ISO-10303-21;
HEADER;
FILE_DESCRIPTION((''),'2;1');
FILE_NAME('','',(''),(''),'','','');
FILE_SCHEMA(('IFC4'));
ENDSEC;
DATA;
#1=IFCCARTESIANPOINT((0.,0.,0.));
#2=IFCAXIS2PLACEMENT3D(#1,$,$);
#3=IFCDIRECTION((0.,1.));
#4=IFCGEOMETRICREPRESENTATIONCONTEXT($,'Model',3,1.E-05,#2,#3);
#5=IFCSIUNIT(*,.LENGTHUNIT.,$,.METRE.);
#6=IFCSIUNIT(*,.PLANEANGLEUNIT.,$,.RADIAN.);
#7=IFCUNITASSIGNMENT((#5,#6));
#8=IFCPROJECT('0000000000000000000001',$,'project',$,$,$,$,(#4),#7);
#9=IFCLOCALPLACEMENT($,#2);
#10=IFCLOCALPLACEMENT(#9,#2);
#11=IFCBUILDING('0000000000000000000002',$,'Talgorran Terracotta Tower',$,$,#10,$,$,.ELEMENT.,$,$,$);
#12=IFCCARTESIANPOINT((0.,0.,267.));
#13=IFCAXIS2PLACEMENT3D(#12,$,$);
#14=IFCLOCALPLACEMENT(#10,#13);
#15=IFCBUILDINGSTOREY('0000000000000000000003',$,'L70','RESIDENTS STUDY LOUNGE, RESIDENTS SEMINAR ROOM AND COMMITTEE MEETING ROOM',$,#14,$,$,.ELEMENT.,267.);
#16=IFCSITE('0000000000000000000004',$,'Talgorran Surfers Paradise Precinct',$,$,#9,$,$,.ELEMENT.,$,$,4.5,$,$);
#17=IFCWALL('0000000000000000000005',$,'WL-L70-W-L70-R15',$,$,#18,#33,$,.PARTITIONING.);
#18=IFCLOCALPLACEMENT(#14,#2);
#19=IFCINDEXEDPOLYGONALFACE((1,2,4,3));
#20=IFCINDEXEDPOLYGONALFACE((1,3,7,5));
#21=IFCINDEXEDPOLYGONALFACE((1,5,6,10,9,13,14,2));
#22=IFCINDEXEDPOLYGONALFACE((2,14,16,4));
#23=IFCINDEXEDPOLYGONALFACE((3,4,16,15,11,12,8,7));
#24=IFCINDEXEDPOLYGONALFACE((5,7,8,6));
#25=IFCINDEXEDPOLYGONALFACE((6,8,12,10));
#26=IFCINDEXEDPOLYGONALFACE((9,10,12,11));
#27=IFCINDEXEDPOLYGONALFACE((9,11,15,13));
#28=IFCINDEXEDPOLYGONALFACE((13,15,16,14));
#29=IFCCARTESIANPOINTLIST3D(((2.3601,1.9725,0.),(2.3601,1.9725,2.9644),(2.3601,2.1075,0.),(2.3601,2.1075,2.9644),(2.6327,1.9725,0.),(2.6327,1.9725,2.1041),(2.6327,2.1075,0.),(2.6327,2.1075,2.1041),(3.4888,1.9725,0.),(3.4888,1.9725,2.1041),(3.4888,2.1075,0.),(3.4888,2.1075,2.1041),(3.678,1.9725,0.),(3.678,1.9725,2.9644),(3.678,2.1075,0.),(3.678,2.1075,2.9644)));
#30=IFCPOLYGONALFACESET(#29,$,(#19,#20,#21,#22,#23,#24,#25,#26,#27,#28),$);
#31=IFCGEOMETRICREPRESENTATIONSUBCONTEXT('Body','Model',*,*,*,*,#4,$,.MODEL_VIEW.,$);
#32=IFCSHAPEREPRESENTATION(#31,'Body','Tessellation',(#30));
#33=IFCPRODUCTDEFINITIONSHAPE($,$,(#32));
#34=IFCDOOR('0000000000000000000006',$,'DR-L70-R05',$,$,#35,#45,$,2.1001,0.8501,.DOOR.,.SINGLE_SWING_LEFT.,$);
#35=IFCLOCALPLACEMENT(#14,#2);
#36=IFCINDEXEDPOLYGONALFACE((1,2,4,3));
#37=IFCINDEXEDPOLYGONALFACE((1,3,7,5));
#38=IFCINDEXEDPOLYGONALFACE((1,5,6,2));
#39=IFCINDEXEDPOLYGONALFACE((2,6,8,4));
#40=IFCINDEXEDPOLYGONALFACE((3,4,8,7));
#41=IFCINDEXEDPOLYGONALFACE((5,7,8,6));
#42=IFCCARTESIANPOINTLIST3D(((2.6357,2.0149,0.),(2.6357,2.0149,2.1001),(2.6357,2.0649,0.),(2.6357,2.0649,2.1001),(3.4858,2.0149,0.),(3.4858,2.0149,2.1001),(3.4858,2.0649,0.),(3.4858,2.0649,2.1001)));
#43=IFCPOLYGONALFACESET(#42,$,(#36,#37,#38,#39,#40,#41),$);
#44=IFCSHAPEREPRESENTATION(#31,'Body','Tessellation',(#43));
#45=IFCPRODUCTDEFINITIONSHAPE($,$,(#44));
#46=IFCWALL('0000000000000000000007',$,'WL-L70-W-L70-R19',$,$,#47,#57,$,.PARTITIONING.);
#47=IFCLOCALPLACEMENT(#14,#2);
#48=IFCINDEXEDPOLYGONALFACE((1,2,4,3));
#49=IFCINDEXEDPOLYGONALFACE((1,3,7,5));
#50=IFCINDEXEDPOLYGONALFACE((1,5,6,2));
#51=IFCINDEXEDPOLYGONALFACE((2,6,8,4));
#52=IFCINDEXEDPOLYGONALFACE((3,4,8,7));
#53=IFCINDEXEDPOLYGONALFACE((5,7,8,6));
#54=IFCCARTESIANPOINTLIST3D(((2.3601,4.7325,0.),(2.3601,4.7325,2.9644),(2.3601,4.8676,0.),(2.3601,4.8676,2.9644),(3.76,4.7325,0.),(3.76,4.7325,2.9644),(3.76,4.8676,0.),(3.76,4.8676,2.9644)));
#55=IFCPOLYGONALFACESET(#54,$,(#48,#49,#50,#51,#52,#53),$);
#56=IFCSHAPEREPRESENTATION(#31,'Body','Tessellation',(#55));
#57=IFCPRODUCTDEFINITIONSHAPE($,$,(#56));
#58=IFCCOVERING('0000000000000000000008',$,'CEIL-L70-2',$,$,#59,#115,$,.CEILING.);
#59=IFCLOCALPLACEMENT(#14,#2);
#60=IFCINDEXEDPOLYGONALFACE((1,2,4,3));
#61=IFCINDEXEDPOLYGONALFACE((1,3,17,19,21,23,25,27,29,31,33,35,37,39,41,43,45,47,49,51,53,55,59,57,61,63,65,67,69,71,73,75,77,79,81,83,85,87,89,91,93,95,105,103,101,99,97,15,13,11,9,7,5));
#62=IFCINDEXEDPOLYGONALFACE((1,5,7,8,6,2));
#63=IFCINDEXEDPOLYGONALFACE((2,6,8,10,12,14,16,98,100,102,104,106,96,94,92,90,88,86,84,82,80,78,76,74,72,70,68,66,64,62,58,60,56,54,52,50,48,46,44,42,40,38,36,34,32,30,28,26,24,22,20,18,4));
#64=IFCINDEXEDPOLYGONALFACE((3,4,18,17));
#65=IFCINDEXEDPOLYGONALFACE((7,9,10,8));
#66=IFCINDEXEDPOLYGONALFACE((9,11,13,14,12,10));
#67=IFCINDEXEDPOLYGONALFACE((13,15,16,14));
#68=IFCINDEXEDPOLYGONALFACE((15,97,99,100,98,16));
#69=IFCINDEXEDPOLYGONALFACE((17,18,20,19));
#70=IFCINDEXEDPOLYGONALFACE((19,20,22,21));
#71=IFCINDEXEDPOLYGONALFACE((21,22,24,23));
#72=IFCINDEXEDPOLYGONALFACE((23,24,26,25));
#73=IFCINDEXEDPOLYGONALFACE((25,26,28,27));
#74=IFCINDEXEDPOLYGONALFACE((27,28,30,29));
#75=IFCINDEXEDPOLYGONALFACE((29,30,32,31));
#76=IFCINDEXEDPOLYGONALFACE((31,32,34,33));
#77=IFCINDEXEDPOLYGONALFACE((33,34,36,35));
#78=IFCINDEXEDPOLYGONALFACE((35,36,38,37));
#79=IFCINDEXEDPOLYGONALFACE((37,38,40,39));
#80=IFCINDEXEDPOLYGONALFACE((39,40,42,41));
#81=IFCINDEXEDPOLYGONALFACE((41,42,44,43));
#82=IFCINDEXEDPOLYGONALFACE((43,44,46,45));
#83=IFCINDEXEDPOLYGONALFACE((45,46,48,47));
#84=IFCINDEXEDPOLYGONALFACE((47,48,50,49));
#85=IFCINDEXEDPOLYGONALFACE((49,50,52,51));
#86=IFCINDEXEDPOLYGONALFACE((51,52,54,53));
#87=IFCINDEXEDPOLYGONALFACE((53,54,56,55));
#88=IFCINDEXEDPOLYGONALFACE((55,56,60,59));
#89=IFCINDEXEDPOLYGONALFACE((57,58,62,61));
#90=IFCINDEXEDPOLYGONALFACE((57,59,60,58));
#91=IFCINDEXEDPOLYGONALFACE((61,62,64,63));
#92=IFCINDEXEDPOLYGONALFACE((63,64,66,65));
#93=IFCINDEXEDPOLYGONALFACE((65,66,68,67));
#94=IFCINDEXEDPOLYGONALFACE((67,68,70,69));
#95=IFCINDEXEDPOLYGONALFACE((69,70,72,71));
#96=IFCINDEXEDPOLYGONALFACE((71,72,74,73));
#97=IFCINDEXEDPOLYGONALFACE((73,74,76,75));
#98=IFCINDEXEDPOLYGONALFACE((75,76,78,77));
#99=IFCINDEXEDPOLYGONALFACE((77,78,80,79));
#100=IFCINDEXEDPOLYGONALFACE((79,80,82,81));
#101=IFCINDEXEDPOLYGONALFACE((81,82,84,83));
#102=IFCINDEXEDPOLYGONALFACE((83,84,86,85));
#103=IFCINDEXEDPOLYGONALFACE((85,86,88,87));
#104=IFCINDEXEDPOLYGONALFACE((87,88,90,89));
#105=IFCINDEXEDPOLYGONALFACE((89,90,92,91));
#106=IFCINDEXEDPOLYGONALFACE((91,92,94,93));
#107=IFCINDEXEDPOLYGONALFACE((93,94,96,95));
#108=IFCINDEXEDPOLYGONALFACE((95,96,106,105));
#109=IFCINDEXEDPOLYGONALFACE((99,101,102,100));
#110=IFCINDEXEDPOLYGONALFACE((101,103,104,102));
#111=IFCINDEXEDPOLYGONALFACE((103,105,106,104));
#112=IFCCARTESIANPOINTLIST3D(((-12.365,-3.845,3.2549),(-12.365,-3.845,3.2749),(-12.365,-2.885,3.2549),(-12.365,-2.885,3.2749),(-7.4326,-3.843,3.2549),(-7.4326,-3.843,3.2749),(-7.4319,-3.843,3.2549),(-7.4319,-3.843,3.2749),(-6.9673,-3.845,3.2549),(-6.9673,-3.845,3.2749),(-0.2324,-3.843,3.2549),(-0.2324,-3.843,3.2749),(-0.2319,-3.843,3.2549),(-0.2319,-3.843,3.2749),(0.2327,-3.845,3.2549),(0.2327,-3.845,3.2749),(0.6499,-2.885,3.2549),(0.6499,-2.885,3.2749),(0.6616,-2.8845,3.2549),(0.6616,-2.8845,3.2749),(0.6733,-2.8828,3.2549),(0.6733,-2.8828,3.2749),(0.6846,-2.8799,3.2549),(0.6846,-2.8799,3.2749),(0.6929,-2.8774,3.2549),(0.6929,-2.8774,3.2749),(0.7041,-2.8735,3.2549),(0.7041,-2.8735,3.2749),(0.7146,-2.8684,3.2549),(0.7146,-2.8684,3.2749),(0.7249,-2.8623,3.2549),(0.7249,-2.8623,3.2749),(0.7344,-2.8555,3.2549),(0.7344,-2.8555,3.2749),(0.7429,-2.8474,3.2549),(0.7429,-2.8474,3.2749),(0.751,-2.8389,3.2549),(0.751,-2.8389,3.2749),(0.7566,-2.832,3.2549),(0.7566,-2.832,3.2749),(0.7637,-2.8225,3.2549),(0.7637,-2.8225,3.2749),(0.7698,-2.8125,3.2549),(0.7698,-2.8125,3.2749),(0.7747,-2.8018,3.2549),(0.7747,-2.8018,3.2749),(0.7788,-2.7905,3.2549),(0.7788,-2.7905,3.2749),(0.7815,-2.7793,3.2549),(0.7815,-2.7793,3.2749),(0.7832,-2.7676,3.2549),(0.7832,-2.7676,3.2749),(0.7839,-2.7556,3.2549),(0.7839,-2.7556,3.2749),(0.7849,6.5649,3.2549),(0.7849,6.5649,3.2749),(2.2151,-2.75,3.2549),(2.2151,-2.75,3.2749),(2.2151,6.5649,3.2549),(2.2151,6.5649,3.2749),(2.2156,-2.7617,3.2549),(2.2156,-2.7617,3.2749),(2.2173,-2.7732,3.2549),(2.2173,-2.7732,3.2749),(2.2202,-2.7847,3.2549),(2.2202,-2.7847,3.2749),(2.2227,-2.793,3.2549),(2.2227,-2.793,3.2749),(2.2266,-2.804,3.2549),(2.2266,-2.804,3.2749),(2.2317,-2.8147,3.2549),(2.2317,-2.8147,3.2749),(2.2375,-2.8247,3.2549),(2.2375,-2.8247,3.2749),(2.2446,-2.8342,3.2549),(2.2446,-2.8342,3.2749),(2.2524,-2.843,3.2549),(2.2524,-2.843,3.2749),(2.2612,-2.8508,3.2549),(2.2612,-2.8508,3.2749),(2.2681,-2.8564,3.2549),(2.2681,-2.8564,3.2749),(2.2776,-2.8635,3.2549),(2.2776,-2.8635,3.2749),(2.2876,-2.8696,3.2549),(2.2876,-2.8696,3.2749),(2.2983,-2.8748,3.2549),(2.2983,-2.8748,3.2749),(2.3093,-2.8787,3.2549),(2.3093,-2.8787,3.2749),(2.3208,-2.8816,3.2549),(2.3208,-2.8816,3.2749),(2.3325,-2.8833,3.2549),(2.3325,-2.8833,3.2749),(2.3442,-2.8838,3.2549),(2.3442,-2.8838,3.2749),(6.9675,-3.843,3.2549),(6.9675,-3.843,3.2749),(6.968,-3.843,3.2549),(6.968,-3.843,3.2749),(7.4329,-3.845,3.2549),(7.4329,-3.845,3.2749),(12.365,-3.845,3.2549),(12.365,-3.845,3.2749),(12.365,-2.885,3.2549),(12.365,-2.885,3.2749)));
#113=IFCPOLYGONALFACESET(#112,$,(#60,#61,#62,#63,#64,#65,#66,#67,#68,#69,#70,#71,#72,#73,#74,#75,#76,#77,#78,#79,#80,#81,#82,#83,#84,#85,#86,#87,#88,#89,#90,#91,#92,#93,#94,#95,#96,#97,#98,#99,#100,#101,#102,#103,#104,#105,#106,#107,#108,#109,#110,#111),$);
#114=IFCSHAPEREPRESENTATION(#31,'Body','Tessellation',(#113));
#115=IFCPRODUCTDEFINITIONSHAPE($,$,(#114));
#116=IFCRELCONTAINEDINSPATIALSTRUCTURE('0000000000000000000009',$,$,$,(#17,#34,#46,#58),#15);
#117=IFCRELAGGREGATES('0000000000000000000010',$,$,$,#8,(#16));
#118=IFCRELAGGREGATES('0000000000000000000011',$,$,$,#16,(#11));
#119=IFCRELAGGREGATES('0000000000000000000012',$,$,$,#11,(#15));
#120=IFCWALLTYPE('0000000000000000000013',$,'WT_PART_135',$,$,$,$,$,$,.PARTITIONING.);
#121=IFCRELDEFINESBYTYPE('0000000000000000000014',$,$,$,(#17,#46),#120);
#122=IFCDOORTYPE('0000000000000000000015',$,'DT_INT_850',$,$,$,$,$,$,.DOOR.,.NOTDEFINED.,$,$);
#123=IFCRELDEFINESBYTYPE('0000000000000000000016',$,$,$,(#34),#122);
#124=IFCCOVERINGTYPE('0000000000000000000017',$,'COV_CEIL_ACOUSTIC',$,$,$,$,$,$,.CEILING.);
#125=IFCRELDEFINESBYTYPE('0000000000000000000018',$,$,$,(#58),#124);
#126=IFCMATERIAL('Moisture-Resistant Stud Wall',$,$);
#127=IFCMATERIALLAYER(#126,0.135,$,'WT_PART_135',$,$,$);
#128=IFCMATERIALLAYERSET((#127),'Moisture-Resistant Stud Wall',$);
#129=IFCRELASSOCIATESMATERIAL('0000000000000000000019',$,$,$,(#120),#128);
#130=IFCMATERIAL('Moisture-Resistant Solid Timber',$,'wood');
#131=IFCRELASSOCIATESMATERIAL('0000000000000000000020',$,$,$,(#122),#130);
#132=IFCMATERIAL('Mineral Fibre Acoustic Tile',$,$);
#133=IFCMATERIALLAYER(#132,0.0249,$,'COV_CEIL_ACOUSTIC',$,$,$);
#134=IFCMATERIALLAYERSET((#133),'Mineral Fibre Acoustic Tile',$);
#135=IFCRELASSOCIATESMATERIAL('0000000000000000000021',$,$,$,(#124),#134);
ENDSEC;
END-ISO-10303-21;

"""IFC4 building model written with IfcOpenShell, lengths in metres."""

from ifc_helpers import new_model, si_unit, direction, frame, frame_2d, origin, place, context, subcontext, project, spatial, polyline, rectangle, outline, extrude, material, layer, layer_set, type_object, element, fill, save


model = new_model("IFC4")

# Units and contexts
model_context = context("Model", 3, precision=1e-05, world=origin(), true_north=direction((0.0, 1.0)))
body_context = subcontext(model_context, "Body", "Model", "MODEL_VIEW")
ifc_project = project(units=[si_unit("LENGTHUNIT", "METRE"), si_unit("PLANEANGLEUNIT", "RADIAN")], contexts=[model_context])

# Site, building, storey
site_placement = place(None, origin())
site = spatial("IfcSite", under=ifc_project, at=site_placement, Name="Talgorran Surfers Paradise Precinct", CompositionType="ELEMENT", RefElevation=4.5)
building_placement = place(site_placement, origin())
building = spatial("IfcBuilding", under=site, at=building_placement, Name="Talgorran Terracotta Tower", CompositionType="ELEMENT")
storey_placement = place(building_placement, frame((0.0, 0.0, 267.0)))
storey = spatial("IfcBuildingStorey", under=building, at=storey_placement, Name="L70", Description="RESIDENTS STUDY LOUNGE, RESIDENTS SEMINAR ROOM AND COMMITTEE MEETING ROOM", CompositionType="ELEMENT", Elevation=267.0)

# Shared definitions
ifc_material_1 = material(Name="Moisture-Resistant Stud Wall")
ifc_layer_1 = layer(ifc_material_1, 0.135, Name="WT_PART_135")
ifc_layer_set_1 = layer_set([ifc_layer_1], Name="Moisture-Resistant Stud Wall")
wall_type_1 = type_object("IfcWallType", Name="WT_PART_135", PredefinedType="PARTITIONING", material=ifc_layer_set_1)

# Wall, opening, door
wall_1_placement = place(storey_placement, frame((2.3601, 2.04, 0.0), z_axis=(0.0, 0.0, 1.0), x_axis=(1.0, 0.0, 0.0)))
wall_1 = element("IfcWall", 1, at=wall_1_placement, inside=storey, type_object=wall_type_1, Name="WL-L70-W-L70-R15", PredefinedType="PARTITIONING", context=body_context, shape_type="SweptSolid", body=[
    extrude(rectangle(XDim=1.3179, YDim=0.135, at=frame_2d((0.6589, 0.0))), origin(), (0.0, 0.0, 1.0), 2.9644),
])
opening_1_placement = place(wall_1_placement, frame((0.2756, 0.0, 0.0)))
opening_1 = element("IfcOpeningElement", 2, at=opening_1_placement, cuts=wall_1, PredefinedType="OPENING", context=body_context, shape_type="SweptSolid", body=[
    extrude(rectangle(XDim=0.8561, YDim=2.1041, at=frame_2d((0.425, 1.052))), frame((0.0, 0.0776, 0.0), z_axis=(0.0, -1.0, 0.0), x_axis=(1.0, 0.0, 0.0)), (0.0, 0.0, 1.0), 0.155),
])
ifc_material_2 = material(Name="Moisture-Resistant Solid Timber", Category="wood")
door_type_1 = type_object("IfcDoorType", Name="DT_INT_850", OperationType="NOTDEFINED", PredefinedType="DOOR", material=ifc_material_2)
door_1_placement = place(opening_1_placement, origin())
door_1 = element("IfcDoor", 3, at=door_1_placement, inside=storey, type_object=door_type_1, Name="DR-L70-R05", OperationType="SINGLE_SWING_LEFT", OverallHeight=2.1001, OverallWidth=0.8501, PredefinedType="DOOR", context=body_context, shape_type="SweptSolid", body=[
    extrude(rectangle(XDim=0.8501, YDim=2.1001, at=frame_2d((0.425, 1.05))), frame((0.0, 0.0249, 0.0), z_axis=(0.0, -1.0, 0.0), x_axis=(1.0, 0.0, 0.0)), (0.0, 0.0, 1.0), 0.05),
])
fill(opening_1, door_1)

# Wall
wall_2_placement = place(storey_placement, frame((2.3601, 4.8, 0.0), z_axis=(0.0, 0.0, 1.0), x_axis=(1.0, 0.0, 0.0)))
element("IfcWall", 4, at=wall_2_placement, inside=storey, type_object=wall_type_1, Name="WL-L70-W-L70-R19", PredefinedType="PARTITIONING", context=body_context, shape_type="SweptSolid", body=[
    extrude(rectangle(XDim=1.3999, YDim=0.135, at=frame_2d((0.7, 0.0))), origin(), (0.0, 0.0, 1.0), 2.9644),
])

# Covering
ifc_material_3 = material(Name="Mineral Fibre Acoustic Tile")
ifc_layer_2 = layer(ifc_material_3, 0.0249, Name="COV_CEIL_ACOUSTIC")
ifc_layer_set_2 = layer_set([ifc_layer_2], Name="Mineral Fibre Acoustic Tile")
covering_type_1 = type_object("IfcCoveringType", Name="COV_CEIL_ACOUSTIC", PredefinedType="CEILING", material=ifc_layer_set_2)
covering_1_placement = place(storey_placement, frame((0.0, 0.0, 3.2549)))
element("IfcCovering", 5, at=covering_1_placement, inside=storey, type_object=covering_type_1, Name="CEIL-L70-2", PredefinedType="CEILING", context=body_context, shape_type="SweptSolid", body=[
    extrude(outline(polyline([(-12.365, -2.885), (0.6499, -2.885), (0.6616, -2.8845), (0.6733, -2.8828), (0.6846, -2.8799), (0.6929, -2.8774), (0.7041, -2.8735), (0.7146, -2.8684), (0.7249, -2.8623), (0.7344, -2.8555), (0.7429, -2.8474), (0.751, -2.8389), (0.7566, -2.832), (0.7637, -2.8225), (0.7698, -2.8125), (0.7747, -2.8018), (0.7788, -2.7905), (0.7815, -2.7793), (0.7832, -2.7676), (0.7839, -2.7556), (0.7849, 6.5649), (2.2151, 6.5649), (2.2151, -2.75), (2.2156, -2.7617), (2.2173, -2.7732), (2.2202, -2.7847), (2.2227, -2.793), (2.2266, -2.804), (2.2317, -2.8147), (2.2375, -2.8247), (2.2446, -2.8342), (2.2524, -2.843), (2.2612, -2.8508), (2.2681, -2.8564), (2.2776, -2.8635), (2.2876, -2.8696), (2.2983, -2.8748), (2.3093, -2.8787), (2.3208, -2.8816), (2.3325, -2.8833), (2.3442, -2.8838), (12.365, -2.885), (12.365, -3.845), (7.4329, -3.845), (6.968, -3.843), (6.9675, -3.843), (0.2327, -3.845), (-0.2319, -3.843), (-0.2324, -3.843), (-6.9673, -3.845), (-7.4319, -3.843), (-7.4326, -3.843), (-12.365, -3.845), (-12.365, -2.885)])), origin(), (0.0, 0.0, 1.0), 0.02),
])

save(model, "model.ifc")
